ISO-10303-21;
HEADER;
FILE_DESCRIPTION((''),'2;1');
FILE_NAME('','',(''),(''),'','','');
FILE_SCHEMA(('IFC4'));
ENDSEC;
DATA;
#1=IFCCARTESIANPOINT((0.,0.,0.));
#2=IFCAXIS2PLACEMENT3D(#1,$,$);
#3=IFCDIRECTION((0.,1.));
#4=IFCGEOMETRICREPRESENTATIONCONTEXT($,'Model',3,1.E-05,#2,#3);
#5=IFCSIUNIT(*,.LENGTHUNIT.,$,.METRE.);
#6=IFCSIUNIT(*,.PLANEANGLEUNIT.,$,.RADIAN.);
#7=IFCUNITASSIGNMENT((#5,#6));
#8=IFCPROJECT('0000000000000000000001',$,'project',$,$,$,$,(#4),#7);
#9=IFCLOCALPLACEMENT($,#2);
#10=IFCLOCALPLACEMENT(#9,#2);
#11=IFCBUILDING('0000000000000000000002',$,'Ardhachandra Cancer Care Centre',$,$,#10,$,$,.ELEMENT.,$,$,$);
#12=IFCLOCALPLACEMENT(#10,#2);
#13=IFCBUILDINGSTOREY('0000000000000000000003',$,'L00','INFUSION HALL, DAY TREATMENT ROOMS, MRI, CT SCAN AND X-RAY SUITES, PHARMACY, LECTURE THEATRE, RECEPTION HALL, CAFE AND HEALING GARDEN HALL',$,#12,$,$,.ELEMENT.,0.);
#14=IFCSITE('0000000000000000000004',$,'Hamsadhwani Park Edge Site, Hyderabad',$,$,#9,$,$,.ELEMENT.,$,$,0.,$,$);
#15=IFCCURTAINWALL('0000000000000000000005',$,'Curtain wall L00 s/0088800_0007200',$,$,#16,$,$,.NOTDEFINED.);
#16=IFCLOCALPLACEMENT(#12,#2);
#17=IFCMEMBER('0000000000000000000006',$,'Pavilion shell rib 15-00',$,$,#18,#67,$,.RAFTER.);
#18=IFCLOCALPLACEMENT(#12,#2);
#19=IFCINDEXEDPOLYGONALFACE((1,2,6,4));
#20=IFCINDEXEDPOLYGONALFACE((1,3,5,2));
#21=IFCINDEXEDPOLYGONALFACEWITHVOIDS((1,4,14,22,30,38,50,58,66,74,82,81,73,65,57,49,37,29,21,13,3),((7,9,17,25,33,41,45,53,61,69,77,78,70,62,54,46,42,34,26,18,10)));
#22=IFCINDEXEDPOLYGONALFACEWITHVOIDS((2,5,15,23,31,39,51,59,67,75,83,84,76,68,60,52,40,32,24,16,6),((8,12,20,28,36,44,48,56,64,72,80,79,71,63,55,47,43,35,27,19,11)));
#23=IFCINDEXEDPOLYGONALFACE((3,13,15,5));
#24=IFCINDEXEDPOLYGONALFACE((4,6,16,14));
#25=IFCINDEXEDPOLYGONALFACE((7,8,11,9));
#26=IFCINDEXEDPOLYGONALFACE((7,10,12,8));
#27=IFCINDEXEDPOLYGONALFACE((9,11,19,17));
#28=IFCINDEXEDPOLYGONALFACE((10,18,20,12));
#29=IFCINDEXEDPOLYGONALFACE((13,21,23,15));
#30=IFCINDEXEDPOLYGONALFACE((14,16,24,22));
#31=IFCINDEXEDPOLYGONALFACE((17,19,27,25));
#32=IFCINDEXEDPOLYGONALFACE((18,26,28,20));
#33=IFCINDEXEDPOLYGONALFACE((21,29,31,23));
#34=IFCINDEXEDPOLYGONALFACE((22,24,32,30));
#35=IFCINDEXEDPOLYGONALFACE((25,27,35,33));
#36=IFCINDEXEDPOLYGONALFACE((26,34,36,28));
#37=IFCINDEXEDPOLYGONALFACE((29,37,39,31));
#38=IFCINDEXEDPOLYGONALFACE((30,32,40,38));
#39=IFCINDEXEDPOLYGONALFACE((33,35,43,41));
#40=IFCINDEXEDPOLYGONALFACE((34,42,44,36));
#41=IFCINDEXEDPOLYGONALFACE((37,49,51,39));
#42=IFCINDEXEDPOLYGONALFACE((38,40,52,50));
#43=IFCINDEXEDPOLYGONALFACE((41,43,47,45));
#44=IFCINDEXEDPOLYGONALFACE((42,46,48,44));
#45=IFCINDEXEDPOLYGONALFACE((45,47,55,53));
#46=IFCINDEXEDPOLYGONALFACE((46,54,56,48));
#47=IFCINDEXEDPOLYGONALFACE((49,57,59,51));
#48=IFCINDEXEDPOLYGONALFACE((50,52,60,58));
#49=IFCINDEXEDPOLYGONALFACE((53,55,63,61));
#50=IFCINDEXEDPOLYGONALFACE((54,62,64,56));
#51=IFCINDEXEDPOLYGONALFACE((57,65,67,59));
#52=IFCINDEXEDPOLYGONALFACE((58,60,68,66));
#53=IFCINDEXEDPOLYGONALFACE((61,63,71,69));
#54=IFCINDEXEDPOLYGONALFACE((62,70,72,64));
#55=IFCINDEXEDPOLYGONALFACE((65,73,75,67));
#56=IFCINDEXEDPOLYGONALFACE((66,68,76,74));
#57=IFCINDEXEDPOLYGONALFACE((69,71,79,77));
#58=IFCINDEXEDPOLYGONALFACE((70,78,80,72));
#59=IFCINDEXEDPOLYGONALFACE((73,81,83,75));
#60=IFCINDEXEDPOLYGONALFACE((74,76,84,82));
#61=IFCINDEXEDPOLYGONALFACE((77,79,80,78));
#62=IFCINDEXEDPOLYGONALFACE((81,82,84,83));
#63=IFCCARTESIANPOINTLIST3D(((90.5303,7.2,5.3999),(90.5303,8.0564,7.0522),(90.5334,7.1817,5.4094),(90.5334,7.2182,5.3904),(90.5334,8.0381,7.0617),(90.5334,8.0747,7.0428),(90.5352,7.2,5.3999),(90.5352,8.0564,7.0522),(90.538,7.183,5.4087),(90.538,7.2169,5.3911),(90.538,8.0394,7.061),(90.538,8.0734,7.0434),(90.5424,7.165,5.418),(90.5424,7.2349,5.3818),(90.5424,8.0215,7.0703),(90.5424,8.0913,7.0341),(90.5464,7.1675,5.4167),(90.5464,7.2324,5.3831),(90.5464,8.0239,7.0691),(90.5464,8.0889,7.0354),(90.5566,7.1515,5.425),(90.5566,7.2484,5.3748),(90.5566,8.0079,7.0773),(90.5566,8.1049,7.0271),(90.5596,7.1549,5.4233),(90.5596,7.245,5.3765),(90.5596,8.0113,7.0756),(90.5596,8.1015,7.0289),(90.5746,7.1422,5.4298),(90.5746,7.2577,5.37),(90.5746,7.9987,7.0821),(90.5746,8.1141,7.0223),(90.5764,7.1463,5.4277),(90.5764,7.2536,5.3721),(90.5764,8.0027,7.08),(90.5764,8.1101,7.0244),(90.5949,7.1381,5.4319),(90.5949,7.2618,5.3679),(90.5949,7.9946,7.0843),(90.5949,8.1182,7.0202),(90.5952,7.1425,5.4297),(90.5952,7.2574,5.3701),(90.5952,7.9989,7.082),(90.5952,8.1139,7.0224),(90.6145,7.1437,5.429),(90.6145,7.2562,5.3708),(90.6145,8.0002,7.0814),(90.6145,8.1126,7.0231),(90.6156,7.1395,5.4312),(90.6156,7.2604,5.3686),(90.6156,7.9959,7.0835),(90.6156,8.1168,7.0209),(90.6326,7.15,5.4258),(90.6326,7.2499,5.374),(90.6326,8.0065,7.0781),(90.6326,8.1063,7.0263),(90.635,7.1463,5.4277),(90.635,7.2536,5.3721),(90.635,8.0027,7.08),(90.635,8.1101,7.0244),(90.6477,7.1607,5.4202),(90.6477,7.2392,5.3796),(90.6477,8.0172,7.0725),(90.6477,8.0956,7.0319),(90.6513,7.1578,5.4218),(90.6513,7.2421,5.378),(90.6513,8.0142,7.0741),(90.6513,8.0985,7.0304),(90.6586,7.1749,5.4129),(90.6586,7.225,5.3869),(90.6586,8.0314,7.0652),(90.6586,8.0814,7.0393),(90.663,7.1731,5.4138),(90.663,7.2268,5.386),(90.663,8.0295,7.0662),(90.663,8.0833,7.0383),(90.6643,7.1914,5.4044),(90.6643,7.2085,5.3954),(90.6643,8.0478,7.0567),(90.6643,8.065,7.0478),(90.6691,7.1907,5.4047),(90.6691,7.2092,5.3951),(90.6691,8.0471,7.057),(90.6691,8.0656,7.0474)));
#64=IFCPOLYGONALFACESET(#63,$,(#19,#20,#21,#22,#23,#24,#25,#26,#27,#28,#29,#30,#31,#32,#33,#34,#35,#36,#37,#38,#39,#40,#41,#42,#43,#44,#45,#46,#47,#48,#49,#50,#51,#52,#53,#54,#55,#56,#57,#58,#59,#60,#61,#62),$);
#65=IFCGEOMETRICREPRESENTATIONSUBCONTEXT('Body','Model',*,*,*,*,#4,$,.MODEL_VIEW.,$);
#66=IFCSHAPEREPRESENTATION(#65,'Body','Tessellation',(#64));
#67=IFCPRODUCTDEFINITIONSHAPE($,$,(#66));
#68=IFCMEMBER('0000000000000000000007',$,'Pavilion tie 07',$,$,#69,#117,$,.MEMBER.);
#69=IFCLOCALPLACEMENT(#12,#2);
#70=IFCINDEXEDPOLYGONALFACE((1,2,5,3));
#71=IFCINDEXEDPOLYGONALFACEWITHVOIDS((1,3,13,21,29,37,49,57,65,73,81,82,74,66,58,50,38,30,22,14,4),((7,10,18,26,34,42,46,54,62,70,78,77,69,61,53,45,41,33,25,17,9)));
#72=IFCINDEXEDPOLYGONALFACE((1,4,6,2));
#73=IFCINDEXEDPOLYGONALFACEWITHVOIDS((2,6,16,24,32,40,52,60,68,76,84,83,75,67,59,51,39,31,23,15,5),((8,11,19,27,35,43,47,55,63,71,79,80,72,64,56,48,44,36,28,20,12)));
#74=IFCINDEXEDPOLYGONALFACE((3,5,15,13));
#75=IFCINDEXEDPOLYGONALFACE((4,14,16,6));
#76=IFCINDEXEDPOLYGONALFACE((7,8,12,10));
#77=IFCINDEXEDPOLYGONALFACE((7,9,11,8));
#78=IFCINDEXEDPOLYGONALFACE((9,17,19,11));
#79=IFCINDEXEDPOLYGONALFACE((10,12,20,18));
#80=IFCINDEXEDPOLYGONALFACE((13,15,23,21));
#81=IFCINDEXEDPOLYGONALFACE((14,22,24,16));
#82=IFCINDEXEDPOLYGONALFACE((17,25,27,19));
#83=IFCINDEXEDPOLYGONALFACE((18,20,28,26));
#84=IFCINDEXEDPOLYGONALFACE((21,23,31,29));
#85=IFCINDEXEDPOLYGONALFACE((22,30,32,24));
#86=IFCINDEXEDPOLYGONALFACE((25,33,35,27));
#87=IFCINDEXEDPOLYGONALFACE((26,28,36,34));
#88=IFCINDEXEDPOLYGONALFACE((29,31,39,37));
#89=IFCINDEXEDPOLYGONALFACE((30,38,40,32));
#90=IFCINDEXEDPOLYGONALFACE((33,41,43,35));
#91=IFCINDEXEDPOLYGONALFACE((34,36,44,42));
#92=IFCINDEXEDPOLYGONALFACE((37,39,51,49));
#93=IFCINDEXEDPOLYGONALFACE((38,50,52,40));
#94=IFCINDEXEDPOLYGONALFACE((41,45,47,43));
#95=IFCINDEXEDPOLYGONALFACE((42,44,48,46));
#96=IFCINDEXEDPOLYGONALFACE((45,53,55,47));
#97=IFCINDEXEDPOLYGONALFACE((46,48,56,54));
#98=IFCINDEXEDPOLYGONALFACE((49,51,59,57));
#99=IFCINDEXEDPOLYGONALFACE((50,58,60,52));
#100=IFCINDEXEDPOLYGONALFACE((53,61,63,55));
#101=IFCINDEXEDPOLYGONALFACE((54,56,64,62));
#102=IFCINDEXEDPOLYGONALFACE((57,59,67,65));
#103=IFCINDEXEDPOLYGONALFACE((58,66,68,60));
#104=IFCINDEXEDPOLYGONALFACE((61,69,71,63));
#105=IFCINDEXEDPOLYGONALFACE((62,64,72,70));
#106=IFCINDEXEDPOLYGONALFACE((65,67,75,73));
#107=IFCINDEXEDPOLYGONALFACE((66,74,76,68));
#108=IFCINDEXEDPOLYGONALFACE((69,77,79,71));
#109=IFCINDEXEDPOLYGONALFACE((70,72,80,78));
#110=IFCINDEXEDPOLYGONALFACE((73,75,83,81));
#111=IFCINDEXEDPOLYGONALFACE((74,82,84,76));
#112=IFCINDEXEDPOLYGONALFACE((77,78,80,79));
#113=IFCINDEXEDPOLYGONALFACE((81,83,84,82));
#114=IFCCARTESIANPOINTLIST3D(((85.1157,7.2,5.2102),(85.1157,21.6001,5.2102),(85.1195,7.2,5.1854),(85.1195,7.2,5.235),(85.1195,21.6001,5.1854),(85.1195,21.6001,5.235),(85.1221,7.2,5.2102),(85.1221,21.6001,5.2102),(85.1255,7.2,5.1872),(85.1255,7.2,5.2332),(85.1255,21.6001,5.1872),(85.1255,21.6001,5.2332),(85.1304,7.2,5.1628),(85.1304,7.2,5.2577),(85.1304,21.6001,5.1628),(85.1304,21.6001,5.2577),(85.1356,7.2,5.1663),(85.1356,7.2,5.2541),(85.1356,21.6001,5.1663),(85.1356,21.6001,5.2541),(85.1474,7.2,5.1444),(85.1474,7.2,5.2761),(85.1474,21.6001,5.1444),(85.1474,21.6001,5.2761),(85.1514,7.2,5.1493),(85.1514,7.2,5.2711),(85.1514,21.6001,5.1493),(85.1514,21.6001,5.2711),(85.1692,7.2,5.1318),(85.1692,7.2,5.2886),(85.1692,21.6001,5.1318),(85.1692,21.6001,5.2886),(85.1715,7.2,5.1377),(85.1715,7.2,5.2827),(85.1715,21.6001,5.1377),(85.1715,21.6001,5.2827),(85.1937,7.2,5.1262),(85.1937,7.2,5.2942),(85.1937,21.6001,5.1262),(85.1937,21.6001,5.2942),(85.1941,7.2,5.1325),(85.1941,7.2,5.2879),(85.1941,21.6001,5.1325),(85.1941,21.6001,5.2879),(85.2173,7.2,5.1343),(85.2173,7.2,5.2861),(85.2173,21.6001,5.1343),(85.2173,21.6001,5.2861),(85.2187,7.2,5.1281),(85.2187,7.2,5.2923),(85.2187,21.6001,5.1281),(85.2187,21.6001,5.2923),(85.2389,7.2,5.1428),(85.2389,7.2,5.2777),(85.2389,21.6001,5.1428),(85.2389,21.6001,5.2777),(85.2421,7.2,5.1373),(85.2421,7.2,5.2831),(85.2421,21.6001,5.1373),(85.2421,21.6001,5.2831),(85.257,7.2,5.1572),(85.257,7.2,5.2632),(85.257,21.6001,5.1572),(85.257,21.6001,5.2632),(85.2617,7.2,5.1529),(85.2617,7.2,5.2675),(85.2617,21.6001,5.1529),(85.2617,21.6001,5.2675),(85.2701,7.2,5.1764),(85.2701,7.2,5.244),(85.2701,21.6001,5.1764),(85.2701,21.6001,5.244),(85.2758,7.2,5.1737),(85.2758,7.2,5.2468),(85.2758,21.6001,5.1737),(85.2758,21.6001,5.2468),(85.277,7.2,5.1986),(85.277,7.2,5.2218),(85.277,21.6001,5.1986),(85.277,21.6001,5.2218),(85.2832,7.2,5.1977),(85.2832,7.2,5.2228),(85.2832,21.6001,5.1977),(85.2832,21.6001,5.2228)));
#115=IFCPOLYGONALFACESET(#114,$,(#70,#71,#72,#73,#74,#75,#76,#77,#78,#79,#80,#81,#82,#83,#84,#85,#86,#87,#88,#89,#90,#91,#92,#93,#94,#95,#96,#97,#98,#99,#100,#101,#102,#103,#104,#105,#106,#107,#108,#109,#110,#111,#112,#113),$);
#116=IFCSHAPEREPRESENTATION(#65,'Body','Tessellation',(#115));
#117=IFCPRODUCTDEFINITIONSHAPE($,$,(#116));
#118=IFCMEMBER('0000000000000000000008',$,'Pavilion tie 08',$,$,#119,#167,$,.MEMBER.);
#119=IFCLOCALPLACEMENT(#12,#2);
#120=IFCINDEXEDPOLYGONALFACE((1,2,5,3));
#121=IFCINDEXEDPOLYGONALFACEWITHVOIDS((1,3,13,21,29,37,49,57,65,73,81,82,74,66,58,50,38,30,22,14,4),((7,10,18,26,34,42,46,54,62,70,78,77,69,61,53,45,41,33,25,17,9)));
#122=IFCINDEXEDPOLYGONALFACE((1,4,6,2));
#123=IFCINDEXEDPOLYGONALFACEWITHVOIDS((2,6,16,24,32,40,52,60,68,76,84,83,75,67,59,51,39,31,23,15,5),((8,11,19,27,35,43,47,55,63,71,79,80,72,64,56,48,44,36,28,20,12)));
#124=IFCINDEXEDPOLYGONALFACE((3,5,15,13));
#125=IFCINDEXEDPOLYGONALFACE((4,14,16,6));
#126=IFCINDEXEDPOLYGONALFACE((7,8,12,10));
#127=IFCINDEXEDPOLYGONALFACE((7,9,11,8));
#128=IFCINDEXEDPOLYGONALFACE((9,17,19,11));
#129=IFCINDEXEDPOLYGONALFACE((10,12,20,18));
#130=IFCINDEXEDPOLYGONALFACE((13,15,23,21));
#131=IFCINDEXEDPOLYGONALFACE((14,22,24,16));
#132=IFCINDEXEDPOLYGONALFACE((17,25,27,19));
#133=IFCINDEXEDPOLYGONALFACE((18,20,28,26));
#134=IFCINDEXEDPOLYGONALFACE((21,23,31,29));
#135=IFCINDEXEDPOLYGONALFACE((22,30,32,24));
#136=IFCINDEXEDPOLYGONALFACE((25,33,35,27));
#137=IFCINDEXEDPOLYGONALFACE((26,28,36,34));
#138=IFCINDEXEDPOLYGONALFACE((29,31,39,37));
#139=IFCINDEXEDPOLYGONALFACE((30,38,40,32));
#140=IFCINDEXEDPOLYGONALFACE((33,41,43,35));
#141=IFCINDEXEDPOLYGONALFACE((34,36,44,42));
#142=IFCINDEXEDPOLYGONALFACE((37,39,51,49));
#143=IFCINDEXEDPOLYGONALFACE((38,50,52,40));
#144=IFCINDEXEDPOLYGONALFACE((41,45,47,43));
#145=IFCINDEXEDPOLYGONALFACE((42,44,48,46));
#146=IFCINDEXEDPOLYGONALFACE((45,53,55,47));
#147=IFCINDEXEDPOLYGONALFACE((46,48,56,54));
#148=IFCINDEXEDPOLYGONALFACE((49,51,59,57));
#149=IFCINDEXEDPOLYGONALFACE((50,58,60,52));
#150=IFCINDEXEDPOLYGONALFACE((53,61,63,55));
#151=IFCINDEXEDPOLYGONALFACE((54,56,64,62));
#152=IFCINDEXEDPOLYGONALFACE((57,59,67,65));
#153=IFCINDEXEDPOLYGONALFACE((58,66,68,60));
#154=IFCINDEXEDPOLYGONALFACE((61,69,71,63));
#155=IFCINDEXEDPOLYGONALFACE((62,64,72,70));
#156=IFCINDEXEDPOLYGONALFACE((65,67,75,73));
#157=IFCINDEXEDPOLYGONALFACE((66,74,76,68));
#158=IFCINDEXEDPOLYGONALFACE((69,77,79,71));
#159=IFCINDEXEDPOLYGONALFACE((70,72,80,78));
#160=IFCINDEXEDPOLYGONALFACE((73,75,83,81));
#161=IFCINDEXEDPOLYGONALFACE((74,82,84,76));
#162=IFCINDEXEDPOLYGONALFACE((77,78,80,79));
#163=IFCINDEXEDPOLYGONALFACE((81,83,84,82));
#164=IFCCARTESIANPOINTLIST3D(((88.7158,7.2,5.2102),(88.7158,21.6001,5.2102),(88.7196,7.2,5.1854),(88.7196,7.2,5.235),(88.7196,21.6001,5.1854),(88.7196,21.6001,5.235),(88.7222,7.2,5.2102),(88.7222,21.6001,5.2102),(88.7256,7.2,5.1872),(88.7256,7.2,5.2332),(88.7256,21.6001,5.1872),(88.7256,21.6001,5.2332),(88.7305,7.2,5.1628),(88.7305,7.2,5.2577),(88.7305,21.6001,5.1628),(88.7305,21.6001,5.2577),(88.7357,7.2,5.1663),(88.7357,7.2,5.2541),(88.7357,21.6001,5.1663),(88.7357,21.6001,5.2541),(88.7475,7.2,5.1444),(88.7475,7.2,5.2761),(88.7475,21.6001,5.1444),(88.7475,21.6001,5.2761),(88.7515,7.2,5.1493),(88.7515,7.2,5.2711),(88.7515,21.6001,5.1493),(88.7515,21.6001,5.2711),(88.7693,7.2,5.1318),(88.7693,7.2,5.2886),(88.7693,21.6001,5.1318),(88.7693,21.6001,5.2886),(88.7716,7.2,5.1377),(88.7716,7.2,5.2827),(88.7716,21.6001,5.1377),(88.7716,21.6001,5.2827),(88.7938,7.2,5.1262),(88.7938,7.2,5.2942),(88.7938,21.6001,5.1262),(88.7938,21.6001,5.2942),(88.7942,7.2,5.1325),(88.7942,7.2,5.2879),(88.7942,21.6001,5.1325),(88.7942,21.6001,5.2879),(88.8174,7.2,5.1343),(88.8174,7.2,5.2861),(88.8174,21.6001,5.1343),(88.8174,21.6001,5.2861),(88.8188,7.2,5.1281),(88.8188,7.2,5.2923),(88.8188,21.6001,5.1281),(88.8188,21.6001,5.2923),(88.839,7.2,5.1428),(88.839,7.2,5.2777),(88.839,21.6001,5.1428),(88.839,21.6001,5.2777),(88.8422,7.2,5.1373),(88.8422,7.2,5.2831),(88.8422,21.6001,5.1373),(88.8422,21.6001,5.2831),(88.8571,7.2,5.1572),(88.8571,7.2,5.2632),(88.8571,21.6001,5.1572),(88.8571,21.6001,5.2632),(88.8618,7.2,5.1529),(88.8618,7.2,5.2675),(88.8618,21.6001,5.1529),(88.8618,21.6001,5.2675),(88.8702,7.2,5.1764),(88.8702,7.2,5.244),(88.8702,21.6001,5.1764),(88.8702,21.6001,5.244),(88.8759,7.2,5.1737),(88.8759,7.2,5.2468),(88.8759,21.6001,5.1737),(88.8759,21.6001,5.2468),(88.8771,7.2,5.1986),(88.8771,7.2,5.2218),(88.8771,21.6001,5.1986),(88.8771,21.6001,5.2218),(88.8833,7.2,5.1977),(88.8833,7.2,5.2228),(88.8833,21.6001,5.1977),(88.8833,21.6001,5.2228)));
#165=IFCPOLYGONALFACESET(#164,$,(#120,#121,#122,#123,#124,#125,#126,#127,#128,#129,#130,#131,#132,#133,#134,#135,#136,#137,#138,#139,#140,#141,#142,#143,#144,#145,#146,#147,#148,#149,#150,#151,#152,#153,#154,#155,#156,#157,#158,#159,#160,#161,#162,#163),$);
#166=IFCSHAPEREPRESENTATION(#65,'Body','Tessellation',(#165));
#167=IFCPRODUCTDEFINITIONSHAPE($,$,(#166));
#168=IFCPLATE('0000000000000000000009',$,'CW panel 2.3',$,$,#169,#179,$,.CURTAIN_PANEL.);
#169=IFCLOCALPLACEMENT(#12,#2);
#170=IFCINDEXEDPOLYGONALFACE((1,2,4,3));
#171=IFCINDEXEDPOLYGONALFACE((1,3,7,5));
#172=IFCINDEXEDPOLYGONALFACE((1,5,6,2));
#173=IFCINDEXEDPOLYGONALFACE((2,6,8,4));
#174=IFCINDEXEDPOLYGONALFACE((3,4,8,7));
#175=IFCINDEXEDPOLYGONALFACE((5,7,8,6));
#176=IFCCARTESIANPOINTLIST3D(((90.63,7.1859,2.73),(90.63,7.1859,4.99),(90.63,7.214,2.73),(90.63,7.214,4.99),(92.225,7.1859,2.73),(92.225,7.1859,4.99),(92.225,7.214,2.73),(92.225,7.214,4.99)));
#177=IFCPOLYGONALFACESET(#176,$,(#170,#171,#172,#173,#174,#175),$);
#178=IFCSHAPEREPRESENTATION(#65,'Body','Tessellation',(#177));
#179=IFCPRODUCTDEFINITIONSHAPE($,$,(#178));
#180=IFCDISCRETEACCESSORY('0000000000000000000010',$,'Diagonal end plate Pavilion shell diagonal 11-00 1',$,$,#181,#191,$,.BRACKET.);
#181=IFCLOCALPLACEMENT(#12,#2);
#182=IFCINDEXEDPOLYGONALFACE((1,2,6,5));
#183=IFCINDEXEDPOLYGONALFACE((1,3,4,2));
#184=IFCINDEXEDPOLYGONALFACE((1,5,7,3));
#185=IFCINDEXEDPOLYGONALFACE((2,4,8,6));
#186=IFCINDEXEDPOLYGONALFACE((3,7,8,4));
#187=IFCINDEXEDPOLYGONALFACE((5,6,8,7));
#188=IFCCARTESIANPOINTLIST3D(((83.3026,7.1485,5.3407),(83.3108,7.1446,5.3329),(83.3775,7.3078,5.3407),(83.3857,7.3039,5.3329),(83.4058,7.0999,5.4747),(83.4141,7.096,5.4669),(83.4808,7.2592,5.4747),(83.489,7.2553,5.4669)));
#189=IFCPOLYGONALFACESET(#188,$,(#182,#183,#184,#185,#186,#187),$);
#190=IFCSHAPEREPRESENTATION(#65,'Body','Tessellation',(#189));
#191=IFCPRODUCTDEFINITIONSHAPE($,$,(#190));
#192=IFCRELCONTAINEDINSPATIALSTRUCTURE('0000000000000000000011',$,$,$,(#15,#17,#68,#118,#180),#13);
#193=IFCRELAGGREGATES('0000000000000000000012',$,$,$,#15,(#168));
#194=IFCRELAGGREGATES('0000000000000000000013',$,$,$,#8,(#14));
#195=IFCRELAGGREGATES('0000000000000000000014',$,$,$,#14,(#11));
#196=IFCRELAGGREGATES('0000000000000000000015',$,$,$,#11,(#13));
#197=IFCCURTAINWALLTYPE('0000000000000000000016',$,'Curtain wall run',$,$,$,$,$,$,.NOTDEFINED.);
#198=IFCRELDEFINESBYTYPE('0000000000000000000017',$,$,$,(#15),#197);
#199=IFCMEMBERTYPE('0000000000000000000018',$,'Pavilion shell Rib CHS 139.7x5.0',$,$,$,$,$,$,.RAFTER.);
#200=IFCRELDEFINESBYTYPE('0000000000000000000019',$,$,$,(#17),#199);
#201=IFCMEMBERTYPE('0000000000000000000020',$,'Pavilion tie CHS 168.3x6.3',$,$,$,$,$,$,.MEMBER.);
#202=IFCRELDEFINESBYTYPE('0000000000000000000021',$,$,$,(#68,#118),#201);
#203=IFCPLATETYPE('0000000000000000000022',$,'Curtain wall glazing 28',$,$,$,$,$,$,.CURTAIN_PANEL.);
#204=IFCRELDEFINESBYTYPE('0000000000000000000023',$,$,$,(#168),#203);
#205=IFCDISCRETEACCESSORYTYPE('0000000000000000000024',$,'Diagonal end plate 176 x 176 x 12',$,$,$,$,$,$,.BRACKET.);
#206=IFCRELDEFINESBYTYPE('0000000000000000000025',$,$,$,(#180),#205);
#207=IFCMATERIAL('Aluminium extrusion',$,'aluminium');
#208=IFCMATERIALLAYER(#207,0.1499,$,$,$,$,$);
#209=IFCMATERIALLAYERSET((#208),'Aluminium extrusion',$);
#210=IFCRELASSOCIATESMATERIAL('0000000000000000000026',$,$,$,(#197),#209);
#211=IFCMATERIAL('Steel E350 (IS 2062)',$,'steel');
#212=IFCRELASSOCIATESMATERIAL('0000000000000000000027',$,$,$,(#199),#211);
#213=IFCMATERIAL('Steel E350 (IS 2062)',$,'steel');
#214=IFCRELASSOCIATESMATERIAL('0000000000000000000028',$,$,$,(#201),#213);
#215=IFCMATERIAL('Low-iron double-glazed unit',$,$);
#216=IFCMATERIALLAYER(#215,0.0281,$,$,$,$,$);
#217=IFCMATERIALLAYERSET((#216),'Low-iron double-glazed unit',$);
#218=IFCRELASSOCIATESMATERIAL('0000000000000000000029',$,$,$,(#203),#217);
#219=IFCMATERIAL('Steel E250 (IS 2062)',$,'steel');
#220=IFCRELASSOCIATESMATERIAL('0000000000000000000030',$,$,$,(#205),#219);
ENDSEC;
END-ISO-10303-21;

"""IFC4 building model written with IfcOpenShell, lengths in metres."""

from ifc_helpers import new_model, si_unit, direction, frame, origin, origin_2d, place, context, subcontext, project, spatial, rectangle, hollow_circle, extrude, material, layer, layer_set, material_profile, profile_set, type_object, element, aggregate, save


model = new_model("IFC4")

# Units and contexts
model_context = context("Model", 3, precision=1e-05, world=origin(), true_north=direction((0.0, 1.0)))
body_context = subcontext(model_context, "Body", "Model", "MODEL_VIEW")
ifc_project = project(units=[si_unit("LENGTHUNIT", "METRE"), si_unit("PLANEANGLEUNIT", "RADIAN")], contexts=[model_context])

# Site, building, storey
site_placement = place(None, origin())
site = spatial("IfcSite", under=ifc_project, at=site_placement, Name="Hamsadhwani Park Edge Site, Hyderabad", CompositionType="ELEMENT", RefElevation=0.0)
building_placement = place(site_placement, origin())
building = spatial("IfcBuilding", under=site, at=building_placement, Name="Ardhachandra Cancer Care Centre", CompositionType="ELEMENT")
storey_placement = place(building_placement, origin())
storey = spatial("IfcBuildingStorey", under=building, at=storey_placement, Name="L00", Description="INFUSION HALL, DAY TREATMENT ROOMS, MRI, CT SCAN AND X-RAY SUITES, PHARMACY, LECTURE THEATRE, RECEPTION HALL, CAFE AND HEALING GARDEN HALL", CompositionType="ELEMENT", Elevation=0.0)

# Curtain wall
ifc_material_1 = material(Name="Aluminium extrusion", Category="aluminium")
ifc_layer_1 = layer(ifc_material_1, 0.1499)
ifc_layer_set_1 = layer_set([ifc_layer_1], Name="Aluminium extrusion")
curtain_wall_type = type_object("IfcCurtainWallType", Name="Curtain wall run", PredefinedType="NOTDEFINED", material=ifc_layer_set_1)
curtain_wall_placement = place(storey_placement, origin())
curtain_wall = element("IfcCurtainWall", 1, at=curtain_wall_placement, inside=storey, type_object=curtain_wall_type, Name="Curtain wall L00 s/0088800_0007200", PredefinedType="NOTDEFINED")

# Members
ifc_material_2 = material(Name="Steel E350 (IS 2062)", Category="steel")
ifc_material_profile_1 = material_profile(ifc_material_2, hollow_circle(Radius=0.0698, WallThickness=0.0049, at=origin_2d()), Name="CHS 139.7x5.0")
ifc_profile_set_1 = profile_set([ifc_material_profile_1], Name="Steel E350 (IS 2062)")
member_type_1 = type_object("IfcMemberType", Name="Pavilion shell Rib CHS 139.7x5.0", PredefinedType="RAFTER", material=ifc_profile_set_1)
for number, where, z_axis, x_axis, name in (
    (2, (90.6001, 7.2, 5.3999), (0.0, 0.460179, 0.887826), (-1.0, 0.0, 0.0), "Pavilion shell rib 15-00"),
):
    element("IfcMember", number, at=place(storey_placement, frame(where, z_axis=z_axis, x_axis=x_axis)), inside=storey, type_object=member_type_1, Name=name, PredefinedType="RAFTER", context=body_context, shape_type="SweptSolid", body=[
        extrude(hollow_circle(Radius=0.0698, WallThickness=0.0049, at=origin_2d()), origin(), (0.0, 0.0, 1.0), 1.8611),
    ])
ifc_material_3 = material(Name="Steel E350 (IS 2062)", Category="steel")
ifc_material_profile_2 = material_profile(ifc_material_3, hollow_circle(Radius=0.0842, WallThickness=0.0063, at=origin_2d()), Name="CHS 168.3x6.3")
ifc_profile_set_2 = profile_set([ifc_material_profile_2], Name="Steel E350 (IS 2062)")
member_type_2 = type_object("IfcMemberType", Name="Pavilion tie CHS 168.3x6.3", PredefinedType="MEMBER", material=ifc_profile_set_2)
for number, where, z_axis, x_axis, name in (
    (3, (85.2, 7.2, 5.2102), (0.0, 1.0, 0.0), (-1.0, 0.0, 0.0), "Pavilion tie 07"),
    (4, (88.8, 7.2, 5.2102), (0.0, 1.0, 0.0), (-1.0, 0.0, 0.0), "Pavilion tie 08"),
):
    element("IfcMember", number, at=place(storey_placement, frame(where, z_axis=z_axis, x_axis=x_axis)), inside=storey, type_object=member_type_2, Name=name, PredefinedType="MEMBER", context=body_context, shape_type="SweptSolid", body=[
        extrude(hollow_circle(Radius=0.0842, WallThickness=0.0063, at=origin_2d()), origin(), (0.0, 0.0, 1.0), 14.4001),
    ])

# Plate
ifc_material_4 = material(Name="Low-iron double-glazed unit")
ifc_layer_2 = layer(ifc_material_4, 0.0281)
ifc_layer_set_2 = layer_set([ifc_layer_2], Name="Low-iron double-glazed unit")
plate_type = type_object("IfcPlateType", Name="Curtain wall glazing 28", PredefinedType="CURTAIN_PANEL", material=ifc_layer_set_2)
plate_placement = place(storey_placement, frame((91.4275, 7.2, 2.73), z_axis=(0.0, 0.0, 1.0), x_axis=(1.0, 0.0, 0.0)))
plate = element("IfcPlate", 5, at=plate_placement, type_object=plate_type, Name="CW panel 2.3", PredefinedType="CURTAIN_PANEL", context=body_context, shape_type="SweptSolid", body=[
    extrude(rectangle(XDim=1.595, YDim=0.0281, at=origin_2d()), origin(), (0.0, 0.0, 1.0), 2.26),
])
aggregate(curtain_wall, [plate])

# Discrete accessory
ifc_material_5 = material(Name="Steel E250 (IS 2062)", Category="steel")
ifc_material_profile_3 = material_profile(ifc_material_5, rectangle(XDim=0.176, YDim=0.176, at=origin_2d()), Name="PL 176x176x12")
ifc_profile_set_3 = profile_set([ifc_material_profile_3], Name="Steel E250 (IS 2062)")
discrete_accessory_type = type_object("IfcDiscreteAccessoryType", Name="Diagonal end plate 176 x 176 x 12", PredefinedType="BRACKET", material=ifc_profile_set_3)
discrete_accessory_1_placement = place(storey_placement, frame((83.3999, 7.2, 5.3999), z_axis=(-0.688875, 0.324176, 0.648353), x_axis=(-0.425797, -0.904819, 0.0)))
element("IfcDiscreteAccessory", 6, at=discrete_accessory_1_placement, inside=storey, type_object=discrete_accessory_type, Name="Diagonal end plate Pavilion shell diagonal 11-00 1", PredefinedType="BRACKET", context=body_context, shape_type="SweptSolid", body=[
    extrude(rectangle(XDim=0.176, YDim=0.176, at=origin_2d()), origin(), (0.0, 0.0, 1.0), 0.012),
])

save(model, "model.ifc")
